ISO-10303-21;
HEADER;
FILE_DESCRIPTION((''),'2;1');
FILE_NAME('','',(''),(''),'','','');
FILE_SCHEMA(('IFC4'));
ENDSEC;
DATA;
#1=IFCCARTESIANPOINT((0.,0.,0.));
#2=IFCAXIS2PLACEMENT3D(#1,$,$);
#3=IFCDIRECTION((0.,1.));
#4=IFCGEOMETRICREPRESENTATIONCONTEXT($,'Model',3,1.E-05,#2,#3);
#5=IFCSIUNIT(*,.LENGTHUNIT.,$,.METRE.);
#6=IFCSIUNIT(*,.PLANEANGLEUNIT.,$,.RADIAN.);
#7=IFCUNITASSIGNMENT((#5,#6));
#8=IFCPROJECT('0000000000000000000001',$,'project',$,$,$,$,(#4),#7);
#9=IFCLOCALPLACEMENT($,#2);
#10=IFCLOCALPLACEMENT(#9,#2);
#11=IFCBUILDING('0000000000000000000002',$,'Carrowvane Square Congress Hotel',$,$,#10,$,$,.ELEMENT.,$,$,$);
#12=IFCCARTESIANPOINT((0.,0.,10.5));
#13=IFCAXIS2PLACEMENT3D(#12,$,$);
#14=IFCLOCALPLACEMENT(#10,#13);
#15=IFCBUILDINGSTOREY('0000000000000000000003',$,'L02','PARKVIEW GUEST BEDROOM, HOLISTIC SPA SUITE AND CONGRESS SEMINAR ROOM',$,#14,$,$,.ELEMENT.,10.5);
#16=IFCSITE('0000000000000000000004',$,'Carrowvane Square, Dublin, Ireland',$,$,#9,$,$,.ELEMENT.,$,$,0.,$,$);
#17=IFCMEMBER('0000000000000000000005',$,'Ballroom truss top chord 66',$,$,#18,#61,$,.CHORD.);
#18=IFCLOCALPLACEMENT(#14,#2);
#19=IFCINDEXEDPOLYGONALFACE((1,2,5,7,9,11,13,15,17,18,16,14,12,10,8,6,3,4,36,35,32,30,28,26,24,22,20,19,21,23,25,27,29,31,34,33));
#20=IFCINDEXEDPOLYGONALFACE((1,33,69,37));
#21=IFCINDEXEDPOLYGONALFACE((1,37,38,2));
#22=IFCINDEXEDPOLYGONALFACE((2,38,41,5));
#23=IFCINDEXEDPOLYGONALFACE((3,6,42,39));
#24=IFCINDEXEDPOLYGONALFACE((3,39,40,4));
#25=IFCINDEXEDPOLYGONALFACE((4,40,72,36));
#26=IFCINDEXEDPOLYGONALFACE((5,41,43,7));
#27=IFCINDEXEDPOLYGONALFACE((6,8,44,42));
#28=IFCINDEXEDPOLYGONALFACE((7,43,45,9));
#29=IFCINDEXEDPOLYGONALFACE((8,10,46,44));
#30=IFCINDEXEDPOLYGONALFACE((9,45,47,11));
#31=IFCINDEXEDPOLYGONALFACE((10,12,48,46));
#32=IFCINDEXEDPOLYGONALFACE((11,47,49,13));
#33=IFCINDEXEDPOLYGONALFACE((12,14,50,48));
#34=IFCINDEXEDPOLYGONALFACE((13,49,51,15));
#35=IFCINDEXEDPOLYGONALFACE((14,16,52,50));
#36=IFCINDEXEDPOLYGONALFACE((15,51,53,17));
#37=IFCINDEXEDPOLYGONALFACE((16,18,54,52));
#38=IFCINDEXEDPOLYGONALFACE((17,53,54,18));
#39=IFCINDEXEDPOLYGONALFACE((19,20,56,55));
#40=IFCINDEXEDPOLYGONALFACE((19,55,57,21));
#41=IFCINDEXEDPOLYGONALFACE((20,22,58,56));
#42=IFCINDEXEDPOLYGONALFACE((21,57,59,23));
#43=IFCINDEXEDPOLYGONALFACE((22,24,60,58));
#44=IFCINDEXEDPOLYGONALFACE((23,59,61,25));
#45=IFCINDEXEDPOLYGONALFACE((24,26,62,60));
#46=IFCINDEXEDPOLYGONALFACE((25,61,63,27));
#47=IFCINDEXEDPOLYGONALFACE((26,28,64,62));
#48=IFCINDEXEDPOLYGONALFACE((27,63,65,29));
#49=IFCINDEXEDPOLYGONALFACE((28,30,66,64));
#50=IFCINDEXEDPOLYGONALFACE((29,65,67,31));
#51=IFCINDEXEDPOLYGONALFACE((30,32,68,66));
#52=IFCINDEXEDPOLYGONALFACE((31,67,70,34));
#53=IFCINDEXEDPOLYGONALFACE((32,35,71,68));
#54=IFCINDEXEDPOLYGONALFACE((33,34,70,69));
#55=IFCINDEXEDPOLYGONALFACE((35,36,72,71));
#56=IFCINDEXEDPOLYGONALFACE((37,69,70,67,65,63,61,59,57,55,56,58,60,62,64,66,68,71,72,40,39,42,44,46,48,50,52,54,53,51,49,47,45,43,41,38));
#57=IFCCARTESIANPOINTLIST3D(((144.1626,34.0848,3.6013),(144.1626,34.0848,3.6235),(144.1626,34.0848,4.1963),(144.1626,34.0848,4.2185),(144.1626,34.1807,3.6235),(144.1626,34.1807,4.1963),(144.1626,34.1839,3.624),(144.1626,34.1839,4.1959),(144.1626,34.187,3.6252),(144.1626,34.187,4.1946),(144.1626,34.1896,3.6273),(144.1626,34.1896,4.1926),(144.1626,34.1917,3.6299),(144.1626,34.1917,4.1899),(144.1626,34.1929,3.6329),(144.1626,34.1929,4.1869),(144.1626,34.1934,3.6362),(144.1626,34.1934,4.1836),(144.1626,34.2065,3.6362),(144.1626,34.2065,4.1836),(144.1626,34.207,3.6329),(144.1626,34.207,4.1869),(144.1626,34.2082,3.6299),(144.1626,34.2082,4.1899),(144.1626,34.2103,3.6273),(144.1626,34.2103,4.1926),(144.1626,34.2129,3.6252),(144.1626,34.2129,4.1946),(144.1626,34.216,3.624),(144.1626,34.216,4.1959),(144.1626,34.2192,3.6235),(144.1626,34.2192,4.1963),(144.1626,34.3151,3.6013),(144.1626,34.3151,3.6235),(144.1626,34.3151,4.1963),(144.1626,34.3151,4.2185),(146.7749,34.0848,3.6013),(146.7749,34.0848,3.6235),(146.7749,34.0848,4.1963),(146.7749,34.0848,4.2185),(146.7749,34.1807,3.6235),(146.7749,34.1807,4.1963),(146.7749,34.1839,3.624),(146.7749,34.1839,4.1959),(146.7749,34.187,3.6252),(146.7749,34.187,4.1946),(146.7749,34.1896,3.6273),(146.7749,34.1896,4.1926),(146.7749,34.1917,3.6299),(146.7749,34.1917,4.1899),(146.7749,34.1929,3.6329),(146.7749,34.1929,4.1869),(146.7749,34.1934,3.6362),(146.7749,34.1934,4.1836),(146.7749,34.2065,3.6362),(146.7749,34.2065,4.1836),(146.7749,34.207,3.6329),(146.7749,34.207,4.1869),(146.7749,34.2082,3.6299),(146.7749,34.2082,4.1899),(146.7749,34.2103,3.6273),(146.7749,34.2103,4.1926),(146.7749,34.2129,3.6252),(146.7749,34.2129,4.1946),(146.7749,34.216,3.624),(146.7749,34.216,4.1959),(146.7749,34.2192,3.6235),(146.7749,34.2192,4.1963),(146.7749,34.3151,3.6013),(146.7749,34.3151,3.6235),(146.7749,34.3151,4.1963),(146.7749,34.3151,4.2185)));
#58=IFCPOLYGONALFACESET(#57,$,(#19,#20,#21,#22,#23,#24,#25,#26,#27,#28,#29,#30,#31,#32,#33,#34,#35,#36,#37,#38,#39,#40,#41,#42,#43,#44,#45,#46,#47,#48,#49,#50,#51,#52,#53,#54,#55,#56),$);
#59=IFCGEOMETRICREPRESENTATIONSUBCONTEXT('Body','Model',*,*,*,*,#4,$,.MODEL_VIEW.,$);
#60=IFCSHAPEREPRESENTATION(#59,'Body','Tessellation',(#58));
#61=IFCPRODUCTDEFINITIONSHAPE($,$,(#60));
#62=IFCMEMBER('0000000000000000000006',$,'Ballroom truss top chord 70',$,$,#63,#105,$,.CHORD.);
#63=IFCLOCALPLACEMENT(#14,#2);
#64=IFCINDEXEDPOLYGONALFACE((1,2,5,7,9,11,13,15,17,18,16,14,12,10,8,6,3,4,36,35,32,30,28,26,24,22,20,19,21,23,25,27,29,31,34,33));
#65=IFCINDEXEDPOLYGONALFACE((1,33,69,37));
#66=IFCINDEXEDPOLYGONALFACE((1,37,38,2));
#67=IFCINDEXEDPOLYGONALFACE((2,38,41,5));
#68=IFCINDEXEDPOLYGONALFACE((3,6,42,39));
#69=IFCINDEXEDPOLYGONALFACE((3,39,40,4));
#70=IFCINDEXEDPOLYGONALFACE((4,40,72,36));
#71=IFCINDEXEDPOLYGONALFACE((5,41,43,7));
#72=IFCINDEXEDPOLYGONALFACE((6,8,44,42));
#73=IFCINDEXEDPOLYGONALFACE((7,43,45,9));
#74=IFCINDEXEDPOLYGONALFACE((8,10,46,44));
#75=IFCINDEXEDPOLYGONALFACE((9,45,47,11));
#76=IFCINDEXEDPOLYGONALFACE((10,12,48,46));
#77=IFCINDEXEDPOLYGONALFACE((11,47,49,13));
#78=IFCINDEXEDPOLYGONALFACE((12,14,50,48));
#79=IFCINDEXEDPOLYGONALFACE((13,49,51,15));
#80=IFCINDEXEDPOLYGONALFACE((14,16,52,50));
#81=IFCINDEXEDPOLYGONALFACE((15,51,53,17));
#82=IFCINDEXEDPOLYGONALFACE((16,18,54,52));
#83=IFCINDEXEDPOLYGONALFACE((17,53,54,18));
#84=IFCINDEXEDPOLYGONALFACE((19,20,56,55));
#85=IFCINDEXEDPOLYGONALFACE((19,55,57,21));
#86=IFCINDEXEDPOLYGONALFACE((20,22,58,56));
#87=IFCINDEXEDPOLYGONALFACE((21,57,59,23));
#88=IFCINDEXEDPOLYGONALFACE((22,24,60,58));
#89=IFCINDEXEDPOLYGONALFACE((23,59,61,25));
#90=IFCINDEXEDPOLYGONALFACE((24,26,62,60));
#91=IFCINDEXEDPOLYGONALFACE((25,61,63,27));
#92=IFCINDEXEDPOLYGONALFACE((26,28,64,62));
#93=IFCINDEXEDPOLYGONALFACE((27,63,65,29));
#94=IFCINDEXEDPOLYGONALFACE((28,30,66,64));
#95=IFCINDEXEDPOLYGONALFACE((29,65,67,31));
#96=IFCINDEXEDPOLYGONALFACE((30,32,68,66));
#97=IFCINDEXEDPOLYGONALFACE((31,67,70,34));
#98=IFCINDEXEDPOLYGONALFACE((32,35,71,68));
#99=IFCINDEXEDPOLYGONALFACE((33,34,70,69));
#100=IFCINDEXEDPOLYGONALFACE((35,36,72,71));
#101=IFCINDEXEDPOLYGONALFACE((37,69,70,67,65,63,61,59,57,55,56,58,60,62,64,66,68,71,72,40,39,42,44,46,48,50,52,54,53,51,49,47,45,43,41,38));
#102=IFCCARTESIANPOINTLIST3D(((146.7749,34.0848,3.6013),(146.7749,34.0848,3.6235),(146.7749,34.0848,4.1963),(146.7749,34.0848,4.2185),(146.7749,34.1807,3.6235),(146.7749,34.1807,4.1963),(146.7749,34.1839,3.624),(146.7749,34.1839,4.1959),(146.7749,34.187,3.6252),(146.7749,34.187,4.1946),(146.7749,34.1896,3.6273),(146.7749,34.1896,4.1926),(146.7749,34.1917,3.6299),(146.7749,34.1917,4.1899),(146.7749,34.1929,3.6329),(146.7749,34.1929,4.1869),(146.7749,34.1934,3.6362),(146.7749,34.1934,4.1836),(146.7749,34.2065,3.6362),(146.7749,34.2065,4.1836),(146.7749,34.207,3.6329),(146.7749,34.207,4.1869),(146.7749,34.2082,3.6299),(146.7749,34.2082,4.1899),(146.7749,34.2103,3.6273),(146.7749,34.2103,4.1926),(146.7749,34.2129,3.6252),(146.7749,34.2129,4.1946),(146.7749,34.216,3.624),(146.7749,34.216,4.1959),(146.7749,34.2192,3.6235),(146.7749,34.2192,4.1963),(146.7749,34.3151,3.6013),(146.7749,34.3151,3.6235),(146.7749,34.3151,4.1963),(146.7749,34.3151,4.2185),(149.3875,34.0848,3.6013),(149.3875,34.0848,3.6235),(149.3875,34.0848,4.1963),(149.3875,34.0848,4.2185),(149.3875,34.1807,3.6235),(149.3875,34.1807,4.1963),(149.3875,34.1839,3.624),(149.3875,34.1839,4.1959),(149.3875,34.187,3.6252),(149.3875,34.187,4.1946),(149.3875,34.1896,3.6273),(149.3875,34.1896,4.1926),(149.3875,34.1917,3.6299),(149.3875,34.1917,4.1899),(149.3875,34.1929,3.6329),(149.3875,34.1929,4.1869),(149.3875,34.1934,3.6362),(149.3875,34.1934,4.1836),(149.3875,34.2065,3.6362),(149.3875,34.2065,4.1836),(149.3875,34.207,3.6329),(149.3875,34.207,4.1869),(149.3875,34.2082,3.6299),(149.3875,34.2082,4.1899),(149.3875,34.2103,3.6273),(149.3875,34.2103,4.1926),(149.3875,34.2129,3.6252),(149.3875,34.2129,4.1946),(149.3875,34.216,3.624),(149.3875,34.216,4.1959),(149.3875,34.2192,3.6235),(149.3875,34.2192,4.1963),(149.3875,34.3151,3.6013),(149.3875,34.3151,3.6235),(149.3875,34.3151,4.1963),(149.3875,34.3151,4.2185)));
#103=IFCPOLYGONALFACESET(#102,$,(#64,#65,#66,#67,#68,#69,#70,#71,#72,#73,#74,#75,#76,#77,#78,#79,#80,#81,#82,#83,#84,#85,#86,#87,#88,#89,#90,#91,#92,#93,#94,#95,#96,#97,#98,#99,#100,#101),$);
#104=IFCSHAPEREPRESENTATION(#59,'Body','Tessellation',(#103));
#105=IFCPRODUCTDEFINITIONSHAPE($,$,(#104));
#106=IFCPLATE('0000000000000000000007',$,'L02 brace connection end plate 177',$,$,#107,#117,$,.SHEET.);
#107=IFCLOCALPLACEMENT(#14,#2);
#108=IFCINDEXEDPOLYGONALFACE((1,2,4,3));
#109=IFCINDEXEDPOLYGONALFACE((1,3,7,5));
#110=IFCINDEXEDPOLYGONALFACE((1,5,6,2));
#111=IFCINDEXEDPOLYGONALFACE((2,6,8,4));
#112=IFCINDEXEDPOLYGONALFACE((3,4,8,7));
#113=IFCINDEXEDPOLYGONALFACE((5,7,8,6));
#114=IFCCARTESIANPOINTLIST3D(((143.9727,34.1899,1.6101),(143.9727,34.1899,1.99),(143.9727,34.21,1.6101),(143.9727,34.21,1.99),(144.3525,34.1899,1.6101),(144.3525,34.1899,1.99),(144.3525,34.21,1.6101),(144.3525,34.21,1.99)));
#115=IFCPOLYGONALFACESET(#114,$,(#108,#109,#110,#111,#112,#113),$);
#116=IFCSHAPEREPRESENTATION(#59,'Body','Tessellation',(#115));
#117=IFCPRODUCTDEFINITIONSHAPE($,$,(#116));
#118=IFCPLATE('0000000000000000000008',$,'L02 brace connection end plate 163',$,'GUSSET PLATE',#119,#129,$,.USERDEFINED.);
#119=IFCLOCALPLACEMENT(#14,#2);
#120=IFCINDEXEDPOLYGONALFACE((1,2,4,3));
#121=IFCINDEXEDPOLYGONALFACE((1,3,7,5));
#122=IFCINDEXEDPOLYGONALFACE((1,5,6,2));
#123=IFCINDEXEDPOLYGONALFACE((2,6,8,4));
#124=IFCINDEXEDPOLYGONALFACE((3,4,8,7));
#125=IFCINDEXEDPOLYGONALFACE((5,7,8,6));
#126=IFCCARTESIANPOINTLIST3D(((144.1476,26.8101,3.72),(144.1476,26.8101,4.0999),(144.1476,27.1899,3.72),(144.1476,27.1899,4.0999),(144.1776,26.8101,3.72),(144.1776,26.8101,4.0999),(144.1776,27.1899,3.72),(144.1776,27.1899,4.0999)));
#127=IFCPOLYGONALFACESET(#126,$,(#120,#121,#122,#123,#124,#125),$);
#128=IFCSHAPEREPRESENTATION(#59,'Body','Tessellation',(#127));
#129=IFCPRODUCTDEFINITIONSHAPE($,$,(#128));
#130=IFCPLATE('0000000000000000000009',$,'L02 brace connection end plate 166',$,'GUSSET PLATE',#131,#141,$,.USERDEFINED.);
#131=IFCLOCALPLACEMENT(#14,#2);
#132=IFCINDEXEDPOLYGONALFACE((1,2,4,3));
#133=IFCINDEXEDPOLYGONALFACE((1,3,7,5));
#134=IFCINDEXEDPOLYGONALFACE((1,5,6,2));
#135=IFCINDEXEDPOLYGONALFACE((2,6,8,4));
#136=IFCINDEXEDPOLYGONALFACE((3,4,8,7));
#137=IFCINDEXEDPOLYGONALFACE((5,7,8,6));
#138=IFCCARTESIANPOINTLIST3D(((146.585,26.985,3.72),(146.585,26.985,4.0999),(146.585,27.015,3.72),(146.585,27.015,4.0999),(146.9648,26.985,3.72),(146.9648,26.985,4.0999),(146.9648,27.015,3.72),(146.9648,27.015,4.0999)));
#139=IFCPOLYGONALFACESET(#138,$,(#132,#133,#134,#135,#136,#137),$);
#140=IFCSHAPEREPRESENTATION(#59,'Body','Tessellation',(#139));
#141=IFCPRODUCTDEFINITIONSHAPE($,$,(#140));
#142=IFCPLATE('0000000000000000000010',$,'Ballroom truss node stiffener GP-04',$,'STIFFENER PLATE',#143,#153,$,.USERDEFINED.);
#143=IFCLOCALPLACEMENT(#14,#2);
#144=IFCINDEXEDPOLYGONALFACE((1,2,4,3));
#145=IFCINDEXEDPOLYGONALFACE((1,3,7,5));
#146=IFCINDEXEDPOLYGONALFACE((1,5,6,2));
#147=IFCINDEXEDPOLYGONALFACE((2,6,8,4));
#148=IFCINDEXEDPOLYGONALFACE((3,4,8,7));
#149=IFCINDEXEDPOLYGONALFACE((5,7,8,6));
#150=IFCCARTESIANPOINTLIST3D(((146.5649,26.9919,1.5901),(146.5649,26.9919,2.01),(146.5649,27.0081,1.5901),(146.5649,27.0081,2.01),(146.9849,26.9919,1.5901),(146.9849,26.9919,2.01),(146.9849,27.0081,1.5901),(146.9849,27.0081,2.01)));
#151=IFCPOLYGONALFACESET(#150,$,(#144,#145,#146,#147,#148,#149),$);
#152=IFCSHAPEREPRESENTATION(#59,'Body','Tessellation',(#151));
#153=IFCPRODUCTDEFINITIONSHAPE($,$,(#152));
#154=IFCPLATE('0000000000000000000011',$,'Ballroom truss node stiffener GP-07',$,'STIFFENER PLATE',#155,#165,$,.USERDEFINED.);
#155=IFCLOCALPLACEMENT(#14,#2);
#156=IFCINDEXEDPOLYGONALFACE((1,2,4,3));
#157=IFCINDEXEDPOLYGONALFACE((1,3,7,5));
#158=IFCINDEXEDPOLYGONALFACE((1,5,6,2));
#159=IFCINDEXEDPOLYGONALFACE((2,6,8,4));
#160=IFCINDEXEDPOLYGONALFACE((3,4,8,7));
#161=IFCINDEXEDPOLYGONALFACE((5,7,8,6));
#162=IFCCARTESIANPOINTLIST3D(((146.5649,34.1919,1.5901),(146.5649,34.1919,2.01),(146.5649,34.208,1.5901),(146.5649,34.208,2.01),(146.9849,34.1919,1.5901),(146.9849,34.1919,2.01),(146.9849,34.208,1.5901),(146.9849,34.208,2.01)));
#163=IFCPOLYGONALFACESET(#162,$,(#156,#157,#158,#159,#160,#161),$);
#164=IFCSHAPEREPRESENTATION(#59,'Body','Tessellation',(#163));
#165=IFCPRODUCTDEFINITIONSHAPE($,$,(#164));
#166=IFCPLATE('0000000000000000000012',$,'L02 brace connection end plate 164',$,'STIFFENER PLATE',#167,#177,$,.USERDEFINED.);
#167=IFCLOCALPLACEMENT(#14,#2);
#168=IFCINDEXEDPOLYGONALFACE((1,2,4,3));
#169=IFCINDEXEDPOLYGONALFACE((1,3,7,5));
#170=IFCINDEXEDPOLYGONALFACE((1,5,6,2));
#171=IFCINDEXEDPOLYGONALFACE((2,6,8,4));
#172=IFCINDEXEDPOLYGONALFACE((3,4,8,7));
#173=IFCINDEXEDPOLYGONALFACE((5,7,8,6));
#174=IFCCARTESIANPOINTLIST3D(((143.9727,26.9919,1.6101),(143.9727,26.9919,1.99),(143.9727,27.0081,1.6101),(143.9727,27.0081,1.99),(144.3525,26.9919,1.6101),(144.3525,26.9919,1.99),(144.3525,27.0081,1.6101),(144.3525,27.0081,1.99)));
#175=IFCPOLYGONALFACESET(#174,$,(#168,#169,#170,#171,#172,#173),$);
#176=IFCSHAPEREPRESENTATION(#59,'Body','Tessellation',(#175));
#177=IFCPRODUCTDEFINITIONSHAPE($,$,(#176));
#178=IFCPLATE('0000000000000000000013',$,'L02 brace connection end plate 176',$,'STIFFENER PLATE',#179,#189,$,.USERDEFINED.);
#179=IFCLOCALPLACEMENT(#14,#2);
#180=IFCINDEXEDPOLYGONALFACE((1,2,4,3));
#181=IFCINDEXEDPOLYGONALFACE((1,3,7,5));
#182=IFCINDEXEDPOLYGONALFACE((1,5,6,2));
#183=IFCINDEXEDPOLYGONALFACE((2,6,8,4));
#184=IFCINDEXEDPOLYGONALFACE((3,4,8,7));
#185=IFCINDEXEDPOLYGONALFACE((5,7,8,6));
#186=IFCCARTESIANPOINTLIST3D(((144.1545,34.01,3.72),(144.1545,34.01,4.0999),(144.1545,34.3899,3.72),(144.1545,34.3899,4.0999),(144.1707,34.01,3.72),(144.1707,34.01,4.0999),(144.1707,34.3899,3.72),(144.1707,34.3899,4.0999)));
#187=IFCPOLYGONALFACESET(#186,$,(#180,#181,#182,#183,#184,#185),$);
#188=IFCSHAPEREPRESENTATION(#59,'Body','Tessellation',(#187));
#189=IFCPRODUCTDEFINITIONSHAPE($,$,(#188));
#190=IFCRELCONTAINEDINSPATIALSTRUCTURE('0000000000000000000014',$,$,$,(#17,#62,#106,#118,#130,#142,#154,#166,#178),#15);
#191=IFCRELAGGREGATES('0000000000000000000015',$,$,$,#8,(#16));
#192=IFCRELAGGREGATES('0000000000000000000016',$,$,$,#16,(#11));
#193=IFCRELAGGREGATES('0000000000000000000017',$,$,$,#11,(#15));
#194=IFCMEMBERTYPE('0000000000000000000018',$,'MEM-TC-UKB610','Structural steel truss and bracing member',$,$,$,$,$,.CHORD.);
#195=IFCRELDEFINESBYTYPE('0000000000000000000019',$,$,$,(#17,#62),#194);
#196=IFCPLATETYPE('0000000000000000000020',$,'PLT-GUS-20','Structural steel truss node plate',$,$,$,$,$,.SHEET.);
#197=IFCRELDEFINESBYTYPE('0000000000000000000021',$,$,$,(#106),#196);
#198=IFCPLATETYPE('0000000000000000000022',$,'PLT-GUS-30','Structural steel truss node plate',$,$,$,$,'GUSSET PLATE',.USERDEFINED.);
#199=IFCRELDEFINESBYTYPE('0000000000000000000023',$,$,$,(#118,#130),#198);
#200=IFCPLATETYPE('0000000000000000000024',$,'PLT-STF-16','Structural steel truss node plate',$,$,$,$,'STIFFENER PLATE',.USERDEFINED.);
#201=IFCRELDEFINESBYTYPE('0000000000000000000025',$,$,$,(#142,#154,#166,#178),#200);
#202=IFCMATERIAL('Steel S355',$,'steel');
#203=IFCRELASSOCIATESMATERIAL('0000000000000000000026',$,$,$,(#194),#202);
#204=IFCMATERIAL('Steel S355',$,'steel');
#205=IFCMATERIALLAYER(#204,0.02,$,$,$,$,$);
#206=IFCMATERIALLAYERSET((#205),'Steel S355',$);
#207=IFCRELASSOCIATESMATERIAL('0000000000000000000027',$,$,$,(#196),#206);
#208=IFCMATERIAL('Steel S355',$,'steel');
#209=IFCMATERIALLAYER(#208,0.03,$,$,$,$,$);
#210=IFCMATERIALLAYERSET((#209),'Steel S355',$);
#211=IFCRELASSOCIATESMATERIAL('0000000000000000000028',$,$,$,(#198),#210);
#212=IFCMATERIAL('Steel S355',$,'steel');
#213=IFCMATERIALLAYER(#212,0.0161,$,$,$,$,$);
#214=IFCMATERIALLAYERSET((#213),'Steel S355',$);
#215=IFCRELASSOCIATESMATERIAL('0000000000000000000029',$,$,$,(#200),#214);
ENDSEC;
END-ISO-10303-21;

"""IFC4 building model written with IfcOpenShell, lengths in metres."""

from ifc_helpers import new_model, si_unit, direction, frame, origin, origin_2d, place, context, subcontext, project, spatial, rectangle, i_section, extrude, material, layer, layer_set, material_profile, profile_set, type_object, element, save


model = new_model("IFC4")

# Units and contexts
model_context = context("Model", 3, precision=1e-05, world=origin(), true_north=direction((0.0, 1.0)))
body_context = subcontext(model_context, "Body", "Model", "MODEL_VIEW")
ifc_project = project(units=[si_unit("LENGTHUNIT", "METRE"), si_unit("PLANEANGLEUNIT", "RADIAN")], contexts=[model_context])

# Site, building, storey
site_placement = place(None, origin())
site = spatial("IfcSite", under=ifc_project, at=site_placement, Name="Carrowvane Square, Dublin, Ireland", CompositionType="ELEMENT", RefElevation=0.0)
building_placement = place(site_placement, origin())
building = spatial("IfcBuilding", under=site, at=building_placement, Name="Carrowvane Square Congress Hotel", CompositionType="ELEMENT")
storey_placement = place(building_placement, frame((0.0, 0.0, 10.5)))
storey = spatial("IfcBuildingStorey", under=building, at=storey_placement, Name="L02", Description="PARKVIEW GUEST BEDROOM, HOLISTIC SPA SUITE AND CONGRESS SEMINAR ROOM", CompositionType="ELEMENT", Elevation=10.5)

# Members
ifc_material_1 = material(Name="Steel S355", Category="steel")
ifc_material_profile_1 = material_profile(ifc_material_1, i_section(OverallWidth=0.2302, OverallDepth=0.6172, WebThickness=0.0132, FlangeThickness=0.0222, FilletRadius=0.0127, at=origin_2d()), Name="UKB 610x229x140")
ifc_profile_set_1 = profile_set([ifc_material_profile_1], Name="Steel S355")
member_type_1 = type_object("IfcMemberType", Name="MEM-TC-UKB610", Description="Structural steel truss and bracing member", PredefinedType="CHORD", material=ifc_profile_set_1)
member_1_placement = place(storey_placement, frame((144.1626, 34.2, 3.9099), z_axis=(1.0, 0.0, 0.0), x_axis=(0.0, 1.0, 0.0)))
element("IfcMember", 1, at=member_1_placement, inside=storey, type_object=member_type_1, Name="Ballroom truss top chord 66", PredefinedType="CHORD", context=body_context, shape_type="SweptSolid", body=[
    extrude(i_section(OverallWidth=0.2302, OverallDepth=0.6172, WebThickness=0.0132, FlangeThickness=0.0222, FilletRadius=0.0127, at=origin_2d()), origin(), (0.0, 0.0, 1.0), 2.6123),
])
member_2_placement = place(storey_placement, frame((146.7749, 34.2, 3.9099), z_axis=(1.0, 0.0, 0.0), x_axis=(0.0, 1.0, 0.0)))
element("IfcMember", 2, at=member_2_placement, inside=storey, type_object=member_type_1, Name="Ballroom truss top chord 70", PredefinedType="CHORD", context=body_context, shape_type="SweptSolid", body=[
    extrude(i_section(OverallWidth=0.2302, OverallDepth=0.6172, WebThickness=0.0132, FlangeThickness=0.0222, FilletRadius=0.0127, at=origin_2d()), origin(), (0.0, 0.0, 1.0), 2.6125),
])

# Plates
ifc_material_2 = material(Name="Steel S355", Category="steel")
ifc_layer_1 = layer(ifc_material_2, 0.02)
ifc_layer_set_1 = layer_set([ifc_layer_1], Name="Steel S355")
plate_type_1 = type_object("IfcPlateType", Name="PLT-GUS-20", Description="Structural steel truss node plate", PredefinedType="SHEET", material=ifc_layer_set_1)
plate_1_placement = place(storey_placement, frame((144.1626, 34.2, 1.6101), z_axis=(0.0, 0.0, 1.0), x_axis=(1.0, 0.0, 0.0)))
element("IfcPlate", 3, at=plate_1_placement, inside=storey, type_object=plate_type_1, Name="L02 brace connection end plate 177", PredefinedType="SHEET", context=body_context, shape_type="SweptSolid", body=[
    extrude(rectangle(XDim=0.3799, YDim=0.02, at=origin_2d()), origin(), (0.0, 0.0, 1.0), 0.3799),
])
ifc_material_3 = material(Name="Steel S355", Category="steel")
ifc_layer_2 = layer(ifc_material_3, 0.03)
ifc_layer_set_2 = layer_set([ifc_layer_2], Name="Steel S355")
plate_type_2 = type_object("IfcPlateType", Name="PLT-GUS-30", Description="Structural steel truss node plate", ElementType="GUSSET PLATE", PredefinedType="USERDEFINED", material=ifc_layer_set_2)
plate_2_placement = place(storey_placement, frame((144.1626, 27.0, 3.72), z_axis=(0.0, 0.0, 1.0), x_axis=(1.0, 0.0, 0.0)))
element("IfcPlate", 4, at=plate_2_placement, inside=storey, type_object=plate_type_2, Name="L02 brace connection end plate 163", ObjectType="GUSSET PLATE", PredefinedType="USERDEFINED", context=body_context, shape_type="SweptSolid", body=[
    extrude(rectangle(XDim=0.03, YDim=0.3799, at=origin_2d()), origin(), (0.0, 0.0, 1.0), 0.3799),
])
plate_3_placement = place(storey_placement, frame((146.7749, 27.0, 3.72), z_axis=(0.0, 0.0, 1.0), x_axis=(1.0, 0.0, 0.0)))
element("IfcPlate", 5, at=plate_3_placement, inside=storey, type_object=plate_type_2, Name="L02 brace connection end plate 166", ObjectType="GUSSET PLATE", PredefinedType="USERDEFINED", context=body_context, shape_type="SweptSolid", body=[
    extrude(rectangle(XDim=0.3799, YDim=0.03, at=origin_2d()), origin(), (0.0, 0.0, 1.0), 0.3799),
])
ifc_material_4 = material(Name="Steel S355", Category="steel")
ifc_layer_3 = layer(ifc_material_4, 0.0161)
ifc_layer_set_3 = layer_set([ifc_layer_3], Name="Steel S355")
plate_type_3 = type_object("IfcPlateType", Name="PLT-STF-16", Description="Structural steel truss node plate", ElementType="STIFFENER PLATE", PredefinedType="USERDEFINED", material=ifc_layer_set_3)
for number, where, z_axis, x_axis, name in (
    (6, (146.7749, 27.0, 1.5901), (0.0, 0.0, 1.0), (1.0, 0.0, 0.0), "Ballroom truss node stiffener GP-04"),
    (7, (146.7749, 34.2, 1.5901), (0.0, 0.0, 1.0), (1.0, 0.0, 0.0), "Ballroom truss node stiffener GP-07"),
):
    element("IfcPlate", number, at=place(storey_placement, frame(where, z_axis=z_axis, x_axis=x_axis)), inside=storey, type_object=plate_type_3, Name=name, ObjectType="STIFFENER PLATE", PredefinedType="USERDEFINED", context=body_context, shape_type="SweptSolid", body=[
        extrude(rectangle(XDim=0.4199, YDim=0.0161, at=origin_2d()), origin(), (0.0, 0.0, 1.0), 0.4199),
    ])
plate_4_placement = place(storey_placement, frame((144.1626, 27.0, 1.6101), z_axis=(0.0, 0.0, 1.0), x_axis=(1.0, 0.0, 0.0)))
element("IfcPlate", 8, at=plate_4_placement, inside=storey, type_object=plate_type_3, Name="L02 brace connection end plate 164", ObjectType="STIFFENER PLATE", PredefinedType="USERDEFINED", context=body_context, shape_type="SweptSolid", body=[
    extrude(rectangle(XDim=0.3799, YDim=0.0161, at=origin_2d()), origin(), (0.0, 0.0, 1.0), 0.3799),
])
plate_5_placement = place(storey_placement, frame((144.1626, 34.2, 3.72), z_axis=(0.0, 0.0, 1.0), x_axis=(1.0, 0.0, 0.0)))
element("IfcPlate", 9, at=plate_5_placement, inside=storey, type_object=plate_type_3, Name="L02 brace connection end plate 176", ObjectType="STIFFENER PLATE", PredefinedType="USERDEFINED", context=body_context, shape_type="SweptSolid", body=[
    extrude(rectangle(XDim=0.0161, YDim=0.3799, at=origin_2d()), origin(), (0.0, 0.0, 1.0), 0.3799),
])

save(model, "model.ifc")
